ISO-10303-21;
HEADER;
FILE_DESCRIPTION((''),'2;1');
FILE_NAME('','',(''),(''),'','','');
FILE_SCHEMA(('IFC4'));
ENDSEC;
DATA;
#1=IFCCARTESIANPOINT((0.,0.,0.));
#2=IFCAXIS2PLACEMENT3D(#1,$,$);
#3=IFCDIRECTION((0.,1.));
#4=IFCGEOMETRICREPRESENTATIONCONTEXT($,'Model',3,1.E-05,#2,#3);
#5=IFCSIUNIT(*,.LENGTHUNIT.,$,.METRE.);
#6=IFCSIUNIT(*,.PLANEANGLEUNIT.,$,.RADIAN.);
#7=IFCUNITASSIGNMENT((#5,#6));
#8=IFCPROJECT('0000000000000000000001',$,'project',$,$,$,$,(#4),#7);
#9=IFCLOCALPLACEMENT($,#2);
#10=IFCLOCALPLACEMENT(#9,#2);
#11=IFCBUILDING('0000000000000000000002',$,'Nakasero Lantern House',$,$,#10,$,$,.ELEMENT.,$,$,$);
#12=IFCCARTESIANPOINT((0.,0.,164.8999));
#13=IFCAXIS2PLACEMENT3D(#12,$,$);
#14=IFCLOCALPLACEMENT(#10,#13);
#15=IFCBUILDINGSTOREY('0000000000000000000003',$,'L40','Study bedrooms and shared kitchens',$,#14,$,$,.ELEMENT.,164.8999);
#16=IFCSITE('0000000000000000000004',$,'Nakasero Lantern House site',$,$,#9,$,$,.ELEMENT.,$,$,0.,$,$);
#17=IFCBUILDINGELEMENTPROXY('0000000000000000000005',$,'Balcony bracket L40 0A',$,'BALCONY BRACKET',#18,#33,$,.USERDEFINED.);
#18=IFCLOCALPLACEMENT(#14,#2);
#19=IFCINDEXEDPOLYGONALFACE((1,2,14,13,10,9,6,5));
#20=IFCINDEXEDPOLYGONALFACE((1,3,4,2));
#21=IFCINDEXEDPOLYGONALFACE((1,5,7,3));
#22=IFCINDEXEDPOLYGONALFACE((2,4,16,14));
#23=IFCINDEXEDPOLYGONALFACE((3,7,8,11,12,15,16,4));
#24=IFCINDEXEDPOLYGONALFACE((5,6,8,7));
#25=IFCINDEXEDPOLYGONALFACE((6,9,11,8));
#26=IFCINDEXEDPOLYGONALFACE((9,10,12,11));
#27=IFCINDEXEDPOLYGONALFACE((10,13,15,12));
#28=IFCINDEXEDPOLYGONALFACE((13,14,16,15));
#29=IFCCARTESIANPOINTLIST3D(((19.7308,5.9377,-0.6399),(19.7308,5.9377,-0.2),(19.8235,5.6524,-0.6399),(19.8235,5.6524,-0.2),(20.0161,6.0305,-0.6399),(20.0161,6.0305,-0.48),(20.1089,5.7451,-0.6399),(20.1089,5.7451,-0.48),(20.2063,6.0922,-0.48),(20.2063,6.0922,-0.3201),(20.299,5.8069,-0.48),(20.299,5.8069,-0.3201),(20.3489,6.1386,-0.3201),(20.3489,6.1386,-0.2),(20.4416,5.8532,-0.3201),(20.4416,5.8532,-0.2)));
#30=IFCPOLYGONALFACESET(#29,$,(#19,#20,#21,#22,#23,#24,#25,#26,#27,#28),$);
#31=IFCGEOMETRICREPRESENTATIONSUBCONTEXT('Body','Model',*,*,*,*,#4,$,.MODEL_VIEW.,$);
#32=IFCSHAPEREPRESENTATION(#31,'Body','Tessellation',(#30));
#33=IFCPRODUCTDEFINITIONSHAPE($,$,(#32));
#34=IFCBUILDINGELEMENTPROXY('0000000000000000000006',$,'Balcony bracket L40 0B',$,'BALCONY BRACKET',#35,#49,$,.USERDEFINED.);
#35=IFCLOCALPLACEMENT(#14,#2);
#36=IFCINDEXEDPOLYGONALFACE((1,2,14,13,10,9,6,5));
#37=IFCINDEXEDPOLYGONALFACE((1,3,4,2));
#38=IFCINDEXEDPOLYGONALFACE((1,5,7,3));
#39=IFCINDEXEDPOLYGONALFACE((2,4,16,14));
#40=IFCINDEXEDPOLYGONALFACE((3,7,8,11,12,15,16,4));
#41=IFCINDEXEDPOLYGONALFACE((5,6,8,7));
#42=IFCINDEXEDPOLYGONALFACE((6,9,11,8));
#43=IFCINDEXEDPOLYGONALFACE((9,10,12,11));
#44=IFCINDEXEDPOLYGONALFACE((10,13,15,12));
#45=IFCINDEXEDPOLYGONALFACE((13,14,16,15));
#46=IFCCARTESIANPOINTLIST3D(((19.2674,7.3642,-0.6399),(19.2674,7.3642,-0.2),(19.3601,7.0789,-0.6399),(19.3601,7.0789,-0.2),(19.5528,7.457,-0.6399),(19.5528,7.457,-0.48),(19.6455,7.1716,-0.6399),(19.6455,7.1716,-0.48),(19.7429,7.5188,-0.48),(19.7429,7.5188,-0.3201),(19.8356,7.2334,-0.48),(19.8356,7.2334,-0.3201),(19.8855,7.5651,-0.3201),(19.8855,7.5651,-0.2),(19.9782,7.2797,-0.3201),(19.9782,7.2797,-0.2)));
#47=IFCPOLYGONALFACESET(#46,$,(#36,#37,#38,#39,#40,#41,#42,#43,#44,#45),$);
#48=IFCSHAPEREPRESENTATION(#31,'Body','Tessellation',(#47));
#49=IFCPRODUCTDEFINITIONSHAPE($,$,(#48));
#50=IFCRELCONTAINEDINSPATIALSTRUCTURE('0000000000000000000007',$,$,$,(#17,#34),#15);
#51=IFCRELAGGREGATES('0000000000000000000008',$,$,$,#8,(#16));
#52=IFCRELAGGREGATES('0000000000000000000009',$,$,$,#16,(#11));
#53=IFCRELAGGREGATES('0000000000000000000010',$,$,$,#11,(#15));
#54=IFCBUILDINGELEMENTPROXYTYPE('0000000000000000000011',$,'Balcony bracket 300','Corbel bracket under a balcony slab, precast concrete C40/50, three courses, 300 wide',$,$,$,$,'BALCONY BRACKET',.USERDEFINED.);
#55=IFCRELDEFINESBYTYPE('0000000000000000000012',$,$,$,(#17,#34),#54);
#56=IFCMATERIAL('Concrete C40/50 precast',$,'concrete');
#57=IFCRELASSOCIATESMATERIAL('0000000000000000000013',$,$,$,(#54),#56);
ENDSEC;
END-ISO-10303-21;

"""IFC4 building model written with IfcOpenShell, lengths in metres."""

from ifc_helpers import new_model, si_unit, direction, frame, origin, place, context, subcontext, project, spatial, polyline, outline, extrude, material, type_object, element, save


model = new_model("IFC4")

# Units and contexts
model_context = context("Model", 3, precision=1e-05, world=origin(), true_north=direction((0.0, 1.0)))
body_context = subcontext(model_context, "Body", "Model", "MODEL_VIEW")
ifc_project = project(units=[si_unit("LENGTHUNIT", "METRE"), si_unit("PLANEANGLEUNIT", "RADIAN")], contexts=[model_context])

# Site, building, storey
site_placement = place(None, origin())
site = spatial("IfcSite", under=ifc_project, at=site_placement, Name="Nakasero Lantern House site", CompositionType="ELEMENT", RefElevation=0.0)
building_placement = place(site_placement, origin())
building = spatial("IfcBuilding", under=site, at=building_placement, Name="Nakasero Lantern House", CompositionType="ELEMENT")
storey_placement = place(building_placement, frame((0.0, 0.0, 164.8999)))
storey = spatial("IfcBuildingStorey", under=building, at=storey_placement, Name="L40", Description="Study bedrooms and shared kitchens", CompositionType="ELEMENT", Elevation=164.8999)

# Building element proxies
ifc_material_1 = material(Name="Concrete C40/50 precast", Category="concrete")
building_element_proxy_type = type_object("IfcBuildingElementProxyType", Name="Balcony bracket 300", Description="Corbel bracket under a balcony slab, precast concrete C40/50, three courses, 300 wide", ElementType="BALCONY BRACKET", PredefinedType="USERDEFINED", material=ifc_material_1)
for number, where, z_axis, x_axis, name in (
    (1, (19.7771, 5.7952, -0.2), (0.0, 0.0, 1.0), (0.951057, 0.309017, 0.0), "Balcony bracket L40 0A"),
    (2, (19.3137, 7.2217, -0.2), (0.0, 0.0, 1.0), (0.951057, 0.309017, 0.0), "Balcony bracket L40 0B"),
):
    element("IfcBuildingElementProxy", number, at=place(storey_placement, frame(where, z_axis=z_axis, x_axis=x_axis)), inside=storey, type_object=building_element_proxy_type, Name=name, ObjectType="BALCONY BRACKET", PredefinedType="USERDEFINED", context=body_context, shape_type="SweptSolid", body=[
        extrude(outline(polyline([(0.0, 0.0), (0.6499, 0.0), (0.6499, -0.1201), (0.5, -0.1201), (0.5, -0.28), (0.3, -0.28), (0.3, -0.4399), (0.0, -0.4399), (0.0, 0.0)])), frame((0.0, 0.1499, 0.0), z_axis=(0.0, -1.0, 0.0), x_axis=(1.0, 0.0, 0.0)), (0.0, 0.0, 1.0), 0.3),
    ])

save(model, "model.ifc")
